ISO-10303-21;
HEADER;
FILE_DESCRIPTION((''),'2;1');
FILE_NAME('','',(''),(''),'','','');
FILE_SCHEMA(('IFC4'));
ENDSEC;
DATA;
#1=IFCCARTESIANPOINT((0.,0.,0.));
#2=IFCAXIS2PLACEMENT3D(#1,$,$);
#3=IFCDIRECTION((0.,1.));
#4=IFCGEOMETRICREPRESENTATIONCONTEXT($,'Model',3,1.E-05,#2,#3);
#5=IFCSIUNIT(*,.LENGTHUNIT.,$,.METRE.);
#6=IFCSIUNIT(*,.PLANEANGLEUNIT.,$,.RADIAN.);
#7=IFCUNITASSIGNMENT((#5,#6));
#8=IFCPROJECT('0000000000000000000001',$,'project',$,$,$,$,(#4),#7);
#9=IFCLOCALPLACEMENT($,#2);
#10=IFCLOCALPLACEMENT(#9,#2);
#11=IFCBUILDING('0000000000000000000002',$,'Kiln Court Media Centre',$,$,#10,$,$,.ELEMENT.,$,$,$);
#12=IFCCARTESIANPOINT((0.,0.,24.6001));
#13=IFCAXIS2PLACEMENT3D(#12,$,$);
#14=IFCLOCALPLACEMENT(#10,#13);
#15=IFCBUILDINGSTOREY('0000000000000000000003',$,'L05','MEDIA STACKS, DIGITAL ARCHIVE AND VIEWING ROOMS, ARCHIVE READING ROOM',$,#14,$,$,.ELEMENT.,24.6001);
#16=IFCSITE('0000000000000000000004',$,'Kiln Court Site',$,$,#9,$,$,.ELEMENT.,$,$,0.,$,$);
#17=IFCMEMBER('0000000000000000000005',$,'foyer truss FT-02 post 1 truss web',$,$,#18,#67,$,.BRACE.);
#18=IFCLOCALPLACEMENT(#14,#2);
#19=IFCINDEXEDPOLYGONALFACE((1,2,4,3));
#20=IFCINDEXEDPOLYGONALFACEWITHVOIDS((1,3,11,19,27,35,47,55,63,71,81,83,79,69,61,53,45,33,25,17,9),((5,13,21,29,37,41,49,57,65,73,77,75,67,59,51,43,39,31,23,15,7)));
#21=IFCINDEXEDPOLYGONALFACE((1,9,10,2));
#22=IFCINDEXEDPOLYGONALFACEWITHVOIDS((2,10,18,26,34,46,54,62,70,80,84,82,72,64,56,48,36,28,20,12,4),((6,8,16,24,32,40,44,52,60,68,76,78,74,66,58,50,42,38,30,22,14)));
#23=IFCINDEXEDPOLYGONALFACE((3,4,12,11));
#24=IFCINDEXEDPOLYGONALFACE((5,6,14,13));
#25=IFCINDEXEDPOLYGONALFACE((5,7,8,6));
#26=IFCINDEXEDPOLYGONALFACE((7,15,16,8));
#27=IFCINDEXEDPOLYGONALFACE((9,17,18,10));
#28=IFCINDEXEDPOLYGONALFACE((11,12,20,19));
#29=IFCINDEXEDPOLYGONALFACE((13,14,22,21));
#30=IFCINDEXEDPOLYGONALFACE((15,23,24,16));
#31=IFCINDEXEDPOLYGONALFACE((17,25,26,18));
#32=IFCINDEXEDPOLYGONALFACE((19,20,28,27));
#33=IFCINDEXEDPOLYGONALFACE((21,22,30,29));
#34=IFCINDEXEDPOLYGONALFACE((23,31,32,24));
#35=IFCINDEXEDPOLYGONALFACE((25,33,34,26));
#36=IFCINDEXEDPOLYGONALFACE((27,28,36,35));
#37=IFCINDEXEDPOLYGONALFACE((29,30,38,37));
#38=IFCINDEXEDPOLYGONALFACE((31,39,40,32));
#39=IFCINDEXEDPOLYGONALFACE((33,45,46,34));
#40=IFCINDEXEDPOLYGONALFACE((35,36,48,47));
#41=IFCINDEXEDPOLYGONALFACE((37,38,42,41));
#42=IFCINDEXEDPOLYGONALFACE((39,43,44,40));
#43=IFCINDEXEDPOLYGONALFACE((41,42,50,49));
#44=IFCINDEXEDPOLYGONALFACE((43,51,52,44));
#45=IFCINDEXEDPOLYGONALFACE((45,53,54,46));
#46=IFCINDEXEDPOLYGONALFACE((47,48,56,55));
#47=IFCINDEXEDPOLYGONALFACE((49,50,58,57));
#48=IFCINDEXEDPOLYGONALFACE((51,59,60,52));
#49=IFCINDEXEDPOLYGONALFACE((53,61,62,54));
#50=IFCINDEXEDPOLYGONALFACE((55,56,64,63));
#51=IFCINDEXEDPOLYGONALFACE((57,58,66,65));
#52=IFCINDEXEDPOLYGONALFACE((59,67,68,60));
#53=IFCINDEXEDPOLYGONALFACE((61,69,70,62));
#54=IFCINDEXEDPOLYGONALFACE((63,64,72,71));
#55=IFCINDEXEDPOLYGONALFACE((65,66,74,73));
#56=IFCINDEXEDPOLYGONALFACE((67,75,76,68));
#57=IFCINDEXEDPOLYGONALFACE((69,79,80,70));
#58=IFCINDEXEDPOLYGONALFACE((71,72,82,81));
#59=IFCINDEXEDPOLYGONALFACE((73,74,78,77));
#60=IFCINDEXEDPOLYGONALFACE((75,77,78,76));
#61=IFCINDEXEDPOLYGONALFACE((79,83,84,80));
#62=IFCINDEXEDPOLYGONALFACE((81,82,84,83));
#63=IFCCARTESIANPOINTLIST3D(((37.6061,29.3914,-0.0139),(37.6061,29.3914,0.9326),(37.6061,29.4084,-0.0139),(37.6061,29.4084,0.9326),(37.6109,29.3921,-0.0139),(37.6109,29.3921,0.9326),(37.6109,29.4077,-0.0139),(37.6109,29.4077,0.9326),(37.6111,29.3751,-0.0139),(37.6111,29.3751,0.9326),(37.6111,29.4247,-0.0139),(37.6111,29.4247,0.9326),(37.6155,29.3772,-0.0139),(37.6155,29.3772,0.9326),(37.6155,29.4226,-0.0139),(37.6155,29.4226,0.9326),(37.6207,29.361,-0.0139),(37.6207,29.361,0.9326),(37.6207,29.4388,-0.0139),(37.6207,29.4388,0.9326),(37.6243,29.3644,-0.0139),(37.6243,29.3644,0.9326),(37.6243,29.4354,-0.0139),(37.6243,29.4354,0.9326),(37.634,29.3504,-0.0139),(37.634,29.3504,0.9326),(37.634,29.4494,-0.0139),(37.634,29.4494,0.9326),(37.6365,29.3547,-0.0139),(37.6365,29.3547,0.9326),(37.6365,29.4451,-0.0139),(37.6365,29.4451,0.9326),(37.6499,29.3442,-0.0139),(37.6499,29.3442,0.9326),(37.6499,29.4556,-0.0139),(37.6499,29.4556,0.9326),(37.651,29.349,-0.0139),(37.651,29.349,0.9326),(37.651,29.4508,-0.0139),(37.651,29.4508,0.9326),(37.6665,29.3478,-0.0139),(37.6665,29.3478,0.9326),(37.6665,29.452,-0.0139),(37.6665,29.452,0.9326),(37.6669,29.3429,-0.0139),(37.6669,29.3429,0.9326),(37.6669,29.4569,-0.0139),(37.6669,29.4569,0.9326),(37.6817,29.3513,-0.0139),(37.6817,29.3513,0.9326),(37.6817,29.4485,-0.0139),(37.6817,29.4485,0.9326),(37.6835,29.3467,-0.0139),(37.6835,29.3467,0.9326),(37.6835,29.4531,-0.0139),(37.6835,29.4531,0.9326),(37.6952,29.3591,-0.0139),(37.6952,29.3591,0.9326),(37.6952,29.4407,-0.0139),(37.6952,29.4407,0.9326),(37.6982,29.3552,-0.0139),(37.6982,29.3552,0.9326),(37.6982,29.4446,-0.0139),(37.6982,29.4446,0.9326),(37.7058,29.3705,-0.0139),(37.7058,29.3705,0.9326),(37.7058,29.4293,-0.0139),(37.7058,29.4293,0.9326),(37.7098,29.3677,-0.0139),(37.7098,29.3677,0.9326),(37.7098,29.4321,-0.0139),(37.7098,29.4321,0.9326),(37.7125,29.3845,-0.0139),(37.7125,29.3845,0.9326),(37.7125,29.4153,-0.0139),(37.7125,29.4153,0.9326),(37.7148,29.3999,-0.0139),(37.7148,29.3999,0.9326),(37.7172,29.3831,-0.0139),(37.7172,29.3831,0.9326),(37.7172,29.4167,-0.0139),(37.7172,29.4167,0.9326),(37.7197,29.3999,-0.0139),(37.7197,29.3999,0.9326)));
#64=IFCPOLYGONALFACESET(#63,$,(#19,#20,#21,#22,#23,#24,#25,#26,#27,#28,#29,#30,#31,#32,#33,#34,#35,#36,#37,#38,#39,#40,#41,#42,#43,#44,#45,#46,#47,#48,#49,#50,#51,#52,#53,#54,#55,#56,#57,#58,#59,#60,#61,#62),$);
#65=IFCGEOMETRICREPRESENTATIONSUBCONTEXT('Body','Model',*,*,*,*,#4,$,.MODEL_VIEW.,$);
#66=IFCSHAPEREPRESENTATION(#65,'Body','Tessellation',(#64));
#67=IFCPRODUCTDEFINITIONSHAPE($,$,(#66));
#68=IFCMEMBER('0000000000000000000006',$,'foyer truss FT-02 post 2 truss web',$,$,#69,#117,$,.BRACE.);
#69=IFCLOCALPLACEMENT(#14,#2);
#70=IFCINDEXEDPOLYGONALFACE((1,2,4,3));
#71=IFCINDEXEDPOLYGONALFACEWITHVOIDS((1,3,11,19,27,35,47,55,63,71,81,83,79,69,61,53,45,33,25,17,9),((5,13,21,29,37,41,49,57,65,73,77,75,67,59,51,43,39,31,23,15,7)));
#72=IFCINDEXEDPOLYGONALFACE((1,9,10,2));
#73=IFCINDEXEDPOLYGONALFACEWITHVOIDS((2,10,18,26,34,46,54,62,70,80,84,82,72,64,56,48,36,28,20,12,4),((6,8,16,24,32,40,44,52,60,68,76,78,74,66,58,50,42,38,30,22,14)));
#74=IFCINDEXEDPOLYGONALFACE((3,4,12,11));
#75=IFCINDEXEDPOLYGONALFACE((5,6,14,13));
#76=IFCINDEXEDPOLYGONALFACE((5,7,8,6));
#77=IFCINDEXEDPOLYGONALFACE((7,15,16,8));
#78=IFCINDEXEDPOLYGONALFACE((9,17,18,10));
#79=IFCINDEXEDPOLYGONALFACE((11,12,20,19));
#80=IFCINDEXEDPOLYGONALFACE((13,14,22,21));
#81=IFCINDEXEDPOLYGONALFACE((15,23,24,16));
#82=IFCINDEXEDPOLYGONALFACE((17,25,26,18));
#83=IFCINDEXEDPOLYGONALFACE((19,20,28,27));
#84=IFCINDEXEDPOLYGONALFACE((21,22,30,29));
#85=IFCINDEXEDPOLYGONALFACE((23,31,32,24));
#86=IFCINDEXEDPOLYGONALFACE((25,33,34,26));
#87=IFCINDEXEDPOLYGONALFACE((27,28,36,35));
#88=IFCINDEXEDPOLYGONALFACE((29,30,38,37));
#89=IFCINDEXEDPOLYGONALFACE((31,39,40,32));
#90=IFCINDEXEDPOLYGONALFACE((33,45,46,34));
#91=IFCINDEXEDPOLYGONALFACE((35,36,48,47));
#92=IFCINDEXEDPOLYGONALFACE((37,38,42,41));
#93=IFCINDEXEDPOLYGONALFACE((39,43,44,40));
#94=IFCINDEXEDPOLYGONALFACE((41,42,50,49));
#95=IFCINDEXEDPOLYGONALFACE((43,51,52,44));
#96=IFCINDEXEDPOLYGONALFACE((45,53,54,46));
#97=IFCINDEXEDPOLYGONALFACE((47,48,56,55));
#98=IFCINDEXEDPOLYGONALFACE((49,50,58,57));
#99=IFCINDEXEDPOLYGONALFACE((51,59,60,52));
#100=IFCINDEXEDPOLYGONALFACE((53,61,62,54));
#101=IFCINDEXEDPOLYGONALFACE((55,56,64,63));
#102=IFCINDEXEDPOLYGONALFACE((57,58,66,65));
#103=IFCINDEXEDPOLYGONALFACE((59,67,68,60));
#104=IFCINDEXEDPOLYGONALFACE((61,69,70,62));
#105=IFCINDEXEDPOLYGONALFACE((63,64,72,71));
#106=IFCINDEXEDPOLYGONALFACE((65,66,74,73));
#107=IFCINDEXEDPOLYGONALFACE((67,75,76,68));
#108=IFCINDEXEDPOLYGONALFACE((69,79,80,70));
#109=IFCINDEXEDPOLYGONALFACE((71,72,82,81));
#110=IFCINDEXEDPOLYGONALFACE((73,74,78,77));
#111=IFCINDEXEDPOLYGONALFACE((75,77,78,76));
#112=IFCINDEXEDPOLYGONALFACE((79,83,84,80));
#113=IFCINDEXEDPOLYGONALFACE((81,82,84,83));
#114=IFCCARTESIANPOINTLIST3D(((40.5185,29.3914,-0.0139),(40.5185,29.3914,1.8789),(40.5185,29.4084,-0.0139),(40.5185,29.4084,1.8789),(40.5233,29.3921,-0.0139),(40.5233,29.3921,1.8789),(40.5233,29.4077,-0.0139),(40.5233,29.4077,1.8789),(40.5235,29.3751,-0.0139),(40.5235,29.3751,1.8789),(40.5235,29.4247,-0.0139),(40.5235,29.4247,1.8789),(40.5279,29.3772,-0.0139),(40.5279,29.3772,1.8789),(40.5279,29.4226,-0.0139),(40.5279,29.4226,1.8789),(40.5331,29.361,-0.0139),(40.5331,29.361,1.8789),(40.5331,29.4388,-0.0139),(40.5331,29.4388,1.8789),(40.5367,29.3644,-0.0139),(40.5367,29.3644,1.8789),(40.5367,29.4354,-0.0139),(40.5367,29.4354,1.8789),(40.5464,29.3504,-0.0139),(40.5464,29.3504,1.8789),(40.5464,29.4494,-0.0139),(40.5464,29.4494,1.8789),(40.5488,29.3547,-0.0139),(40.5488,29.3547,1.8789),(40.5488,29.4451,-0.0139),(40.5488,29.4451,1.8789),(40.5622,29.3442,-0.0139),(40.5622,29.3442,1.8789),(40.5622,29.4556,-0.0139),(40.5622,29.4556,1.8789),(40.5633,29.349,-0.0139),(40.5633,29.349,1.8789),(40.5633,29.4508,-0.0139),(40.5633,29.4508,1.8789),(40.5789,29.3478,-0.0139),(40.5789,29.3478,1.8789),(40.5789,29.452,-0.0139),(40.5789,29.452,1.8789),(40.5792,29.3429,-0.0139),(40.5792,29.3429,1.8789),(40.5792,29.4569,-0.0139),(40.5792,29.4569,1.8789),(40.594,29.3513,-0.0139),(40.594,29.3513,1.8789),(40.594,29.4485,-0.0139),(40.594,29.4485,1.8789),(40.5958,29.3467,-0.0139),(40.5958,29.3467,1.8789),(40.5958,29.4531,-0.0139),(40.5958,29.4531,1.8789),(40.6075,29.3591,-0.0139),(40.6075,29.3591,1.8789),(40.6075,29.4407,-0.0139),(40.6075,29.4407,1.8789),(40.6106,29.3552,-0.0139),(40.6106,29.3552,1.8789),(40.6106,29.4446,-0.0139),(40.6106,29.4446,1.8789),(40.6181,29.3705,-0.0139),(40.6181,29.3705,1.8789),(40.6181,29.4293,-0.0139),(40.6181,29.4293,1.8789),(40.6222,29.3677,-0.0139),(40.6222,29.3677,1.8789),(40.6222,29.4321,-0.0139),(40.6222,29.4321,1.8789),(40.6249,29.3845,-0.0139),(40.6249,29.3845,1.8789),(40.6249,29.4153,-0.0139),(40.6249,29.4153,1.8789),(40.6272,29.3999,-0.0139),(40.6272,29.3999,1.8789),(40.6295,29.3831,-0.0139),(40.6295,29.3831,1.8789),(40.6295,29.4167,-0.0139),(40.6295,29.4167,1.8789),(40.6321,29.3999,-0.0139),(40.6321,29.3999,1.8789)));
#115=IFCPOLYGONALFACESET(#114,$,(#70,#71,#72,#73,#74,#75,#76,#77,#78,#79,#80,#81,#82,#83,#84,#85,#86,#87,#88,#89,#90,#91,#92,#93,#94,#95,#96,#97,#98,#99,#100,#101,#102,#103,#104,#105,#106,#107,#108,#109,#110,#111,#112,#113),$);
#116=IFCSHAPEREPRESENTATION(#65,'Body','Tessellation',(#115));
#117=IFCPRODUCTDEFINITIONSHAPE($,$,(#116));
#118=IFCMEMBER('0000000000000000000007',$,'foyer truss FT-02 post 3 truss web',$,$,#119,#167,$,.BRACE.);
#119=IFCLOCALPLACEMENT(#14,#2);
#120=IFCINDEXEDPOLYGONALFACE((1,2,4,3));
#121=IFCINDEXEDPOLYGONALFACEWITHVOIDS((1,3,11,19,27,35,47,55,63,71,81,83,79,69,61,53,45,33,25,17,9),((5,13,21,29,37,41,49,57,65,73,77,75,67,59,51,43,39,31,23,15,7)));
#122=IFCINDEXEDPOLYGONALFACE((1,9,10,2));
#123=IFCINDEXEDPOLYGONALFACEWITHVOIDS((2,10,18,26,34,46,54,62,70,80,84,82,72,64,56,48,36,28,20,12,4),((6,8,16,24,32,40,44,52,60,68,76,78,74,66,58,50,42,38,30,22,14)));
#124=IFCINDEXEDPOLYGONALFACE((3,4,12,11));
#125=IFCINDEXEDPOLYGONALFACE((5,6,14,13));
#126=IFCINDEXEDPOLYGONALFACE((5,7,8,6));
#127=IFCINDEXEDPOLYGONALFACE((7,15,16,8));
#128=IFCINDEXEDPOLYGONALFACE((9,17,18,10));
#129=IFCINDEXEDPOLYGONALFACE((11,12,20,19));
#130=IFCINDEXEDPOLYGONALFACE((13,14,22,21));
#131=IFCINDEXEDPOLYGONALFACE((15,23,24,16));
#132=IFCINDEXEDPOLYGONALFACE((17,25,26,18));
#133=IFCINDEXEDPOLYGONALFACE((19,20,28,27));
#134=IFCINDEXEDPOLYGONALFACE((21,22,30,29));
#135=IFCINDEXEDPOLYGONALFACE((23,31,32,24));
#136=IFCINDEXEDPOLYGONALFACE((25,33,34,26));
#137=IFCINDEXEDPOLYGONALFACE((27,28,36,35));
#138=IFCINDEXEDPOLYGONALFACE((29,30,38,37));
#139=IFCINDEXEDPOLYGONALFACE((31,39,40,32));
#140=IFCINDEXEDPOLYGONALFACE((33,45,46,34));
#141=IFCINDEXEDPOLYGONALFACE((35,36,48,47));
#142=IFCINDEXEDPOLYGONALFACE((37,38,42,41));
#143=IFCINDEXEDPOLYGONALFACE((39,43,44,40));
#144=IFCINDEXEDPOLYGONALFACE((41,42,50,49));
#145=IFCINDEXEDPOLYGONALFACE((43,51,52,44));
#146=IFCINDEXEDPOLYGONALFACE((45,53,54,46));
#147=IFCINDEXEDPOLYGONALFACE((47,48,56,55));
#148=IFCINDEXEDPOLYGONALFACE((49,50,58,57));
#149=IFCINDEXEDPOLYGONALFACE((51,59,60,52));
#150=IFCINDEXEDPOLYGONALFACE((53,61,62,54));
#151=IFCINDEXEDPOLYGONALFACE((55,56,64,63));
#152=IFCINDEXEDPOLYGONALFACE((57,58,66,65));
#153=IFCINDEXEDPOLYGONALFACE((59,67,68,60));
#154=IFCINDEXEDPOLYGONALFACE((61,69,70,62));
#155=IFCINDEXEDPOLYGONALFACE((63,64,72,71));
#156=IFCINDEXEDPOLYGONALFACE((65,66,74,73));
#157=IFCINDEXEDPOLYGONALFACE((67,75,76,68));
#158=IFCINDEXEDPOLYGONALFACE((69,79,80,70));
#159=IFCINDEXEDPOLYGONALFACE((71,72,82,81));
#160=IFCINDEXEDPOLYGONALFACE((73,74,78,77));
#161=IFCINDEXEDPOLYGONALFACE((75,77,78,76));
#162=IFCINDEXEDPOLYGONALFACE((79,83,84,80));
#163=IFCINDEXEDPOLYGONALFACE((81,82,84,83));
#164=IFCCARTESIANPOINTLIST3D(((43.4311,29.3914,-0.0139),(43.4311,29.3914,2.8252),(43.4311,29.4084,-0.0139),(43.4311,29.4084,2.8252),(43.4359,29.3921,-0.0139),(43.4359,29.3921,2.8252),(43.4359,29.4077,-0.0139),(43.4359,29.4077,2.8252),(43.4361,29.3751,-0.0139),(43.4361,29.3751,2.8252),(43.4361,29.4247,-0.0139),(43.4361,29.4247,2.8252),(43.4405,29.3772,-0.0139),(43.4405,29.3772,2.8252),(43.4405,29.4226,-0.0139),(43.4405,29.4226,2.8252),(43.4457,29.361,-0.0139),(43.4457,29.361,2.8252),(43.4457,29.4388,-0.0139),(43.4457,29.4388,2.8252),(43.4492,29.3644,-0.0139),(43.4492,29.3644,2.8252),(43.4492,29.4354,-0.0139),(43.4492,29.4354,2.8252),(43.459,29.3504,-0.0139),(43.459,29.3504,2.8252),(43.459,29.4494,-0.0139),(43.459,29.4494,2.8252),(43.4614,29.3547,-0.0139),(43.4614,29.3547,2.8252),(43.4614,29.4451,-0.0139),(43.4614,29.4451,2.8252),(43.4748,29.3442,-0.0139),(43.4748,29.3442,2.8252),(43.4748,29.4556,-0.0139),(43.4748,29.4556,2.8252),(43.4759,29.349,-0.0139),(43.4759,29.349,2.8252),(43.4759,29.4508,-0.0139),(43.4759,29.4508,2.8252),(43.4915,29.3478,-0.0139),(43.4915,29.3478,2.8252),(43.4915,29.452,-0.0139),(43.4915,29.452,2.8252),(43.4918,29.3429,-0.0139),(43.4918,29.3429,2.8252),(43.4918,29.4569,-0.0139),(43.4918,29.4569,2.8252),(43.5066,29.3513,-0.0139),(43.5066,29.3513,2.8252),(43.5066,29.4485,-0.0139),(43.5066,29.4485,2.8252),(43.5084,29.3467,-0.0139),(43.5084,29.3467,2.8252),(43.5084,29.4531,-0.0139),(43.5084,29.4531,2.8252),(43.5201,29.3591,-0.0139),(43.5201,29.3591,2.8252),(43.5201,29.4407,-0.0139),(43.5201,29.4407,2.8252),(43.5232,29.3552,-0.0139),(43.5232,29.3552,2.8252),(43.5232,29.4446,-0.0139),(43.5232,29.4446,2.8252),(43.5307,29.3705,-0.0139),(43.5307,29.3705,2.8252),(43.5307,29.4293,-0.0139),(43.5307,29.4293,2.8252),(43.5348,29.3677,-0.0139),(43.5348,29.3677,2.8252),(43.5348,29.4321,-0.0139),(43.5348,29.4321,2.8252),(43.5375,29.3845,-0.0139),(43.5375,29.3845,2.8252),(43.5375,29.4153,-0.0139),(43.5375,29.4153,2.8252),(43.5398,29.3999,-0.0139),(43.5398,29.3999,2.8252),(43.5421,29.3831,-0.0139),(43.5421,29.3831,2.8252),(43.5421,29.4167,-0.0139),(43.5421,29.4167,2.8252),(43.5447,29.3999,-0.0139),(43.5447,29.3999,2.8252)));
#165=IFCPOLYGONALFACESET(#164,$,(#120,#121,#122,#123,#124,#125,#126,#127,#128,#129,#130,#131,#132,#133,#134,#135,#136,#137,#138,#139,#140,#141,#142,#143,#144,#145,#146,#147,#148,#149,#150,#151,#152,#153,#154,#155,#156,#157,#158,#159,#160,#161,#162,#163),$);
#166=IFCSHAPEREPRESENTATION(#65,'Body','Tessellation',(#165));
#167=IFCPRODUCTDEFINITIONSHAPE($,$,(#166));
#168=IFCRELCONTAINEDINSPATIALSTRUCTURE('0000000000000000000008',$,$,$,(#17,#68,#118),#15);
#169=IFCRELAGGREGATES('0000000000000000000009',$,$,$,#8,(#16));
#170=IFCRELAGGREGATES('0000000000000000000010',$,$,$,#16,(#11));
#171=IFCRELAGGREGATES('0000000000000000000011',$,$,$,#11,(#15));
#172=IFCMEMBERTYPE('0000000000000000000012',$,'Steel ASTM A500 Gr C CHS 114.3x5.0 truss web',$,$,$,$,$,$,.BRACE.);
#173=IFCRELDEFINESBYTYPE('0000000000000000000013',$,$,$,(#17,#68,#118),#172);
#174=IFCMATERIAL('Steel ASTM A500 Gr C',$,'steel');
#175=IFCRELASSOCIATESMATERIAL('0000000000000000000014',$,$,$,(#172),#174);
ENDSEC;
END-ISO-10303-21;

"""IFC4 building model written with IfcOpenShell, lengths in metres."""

from ifc_helpers import new_model, si_unit, direction, frame, origin, origin_2d, place, context, subcontext, project, spatial, hollow_circle, extrude, material, material_profile, profile_set, type_object, element, save


model = new_model("IFC4")

# Units and contexts
model_context = context("Model", 3, precision=1e-05, world=origin(), true_north=direction((0.0, 1.0)))
body_context = subcontext(model_context, "Body", "Model", "MODEL_VIEW")
ifc_project = project(units=[si_unit("LENGTHUNIT", "METRE"), si_unit("PLANEANGLEUNIT", "RADIAN")], contexts=[model_context])

# Site, building, storey
site_placement = place(None, origin())
site = spatial("IfcSite", under=ifc_project, at=site_placement, Name="Kiln Court Site", CompositionType="ELEMENT", RefElevation=0.0)
building_placement = place(site_placement, origin())
building = spatial("IfcBuilding", under=site, at=building_placement, Name="Kiln Court Media Centre", CompositionType="ELEMENT")
storey_placement = place(building_placement, frame((0.0, 0.0, 24.6001)))
storey = spatial("IfcBuildingStorey", under=building, at=storey_placement, Name="L05", Description="MEDIA STACKS, DIGITAL ARCHIVE AND VIEWING ROOMS, ARCHIVE READING ROOM", CompositionType="ELEMENT", Elevation=24.6001)

# Members
ifc_material_1 = material(Name="Steel ASTM A500 Gr C", Category="steel")
ifc_material_profile_1 = material_profile(ifc_material_1, hollow_circle(Radius=0.0571, WallThickness=0.0049, at=origin_2d()), Name="CHS 114.3x5.0")
ifc_profile_set_1 = profile_set([ifc_material_profile_1], Name="Steel ASTM A500 Gr C")
member_type_1 = type_object("IfcMemberType", Name="Steel ASTM A500 Gr C CHS 114.3x5.0 truss web", PredefinedType="BRACE", material=ifc_profile_set_1)
member_1_placement = place(storey_placement, frame((37.6626, 29.3999, -0.0139), z_axis=(0.0, 0.0, 1.0), x_axis=(1.0, 0.0, 0.0)))
element("IfcMember", 1, at=member_1_placement, inside=storey, type_object=member_type_1, Name="foyer truss FT-02 post 1 truss web", PredefinedType="BRACE", context=body_context, shape_type="SweptSolid", body=[
    extrude(hollow_circle(Radius=0.0571, WallThickness=0.0049, at=origin_2d()), origin(), (0.0, 0.0, 1.0), 0.9465),
])
member_2_placement = place(storey_placement, frame((40.575, 29.3999, -0.0139), z_axis=(0.0, 0.0, 1.0), x_axis=(1.0, 0.0, 0.0)))
element("IfcMember", 2, at=member_2_placement, inside=storey, type_object=member_type_1, Name="foyer truss FT-02 post 2 truss web", PredefinedType="BRACE", context=body_context, shape_type="SweptSolid", body=[
    extrude(hollow_circle(Radius=0.0571, WallThickness=0.0049, at=origin_2d()), origin(), (0.0, 0.0, 1.0), 1.8928),
])
member_3_placement = place(storey_placement, frame((43.4875, 29.3999, -0.0139), z_axis=(0.0, 0.0, 1.0), x_axis=(1.0, 0.0, 0.0)))
element("IfcMember", 3, at=member_3_placement, inside=storey, type_object=member_type_1, Name="foyer truss FT-02 post 3 truss web", PredefinedType="BRACE", context=body_context, shape_type="SweptSolid", body=[
    extrude(hollow_circle(Radius=0.0571, WallThickness=0.0049, at=origin_2d()), origin(), (0.0, 0.0, 1.0), 2.8391),
])

save(model, "model.ifc")
